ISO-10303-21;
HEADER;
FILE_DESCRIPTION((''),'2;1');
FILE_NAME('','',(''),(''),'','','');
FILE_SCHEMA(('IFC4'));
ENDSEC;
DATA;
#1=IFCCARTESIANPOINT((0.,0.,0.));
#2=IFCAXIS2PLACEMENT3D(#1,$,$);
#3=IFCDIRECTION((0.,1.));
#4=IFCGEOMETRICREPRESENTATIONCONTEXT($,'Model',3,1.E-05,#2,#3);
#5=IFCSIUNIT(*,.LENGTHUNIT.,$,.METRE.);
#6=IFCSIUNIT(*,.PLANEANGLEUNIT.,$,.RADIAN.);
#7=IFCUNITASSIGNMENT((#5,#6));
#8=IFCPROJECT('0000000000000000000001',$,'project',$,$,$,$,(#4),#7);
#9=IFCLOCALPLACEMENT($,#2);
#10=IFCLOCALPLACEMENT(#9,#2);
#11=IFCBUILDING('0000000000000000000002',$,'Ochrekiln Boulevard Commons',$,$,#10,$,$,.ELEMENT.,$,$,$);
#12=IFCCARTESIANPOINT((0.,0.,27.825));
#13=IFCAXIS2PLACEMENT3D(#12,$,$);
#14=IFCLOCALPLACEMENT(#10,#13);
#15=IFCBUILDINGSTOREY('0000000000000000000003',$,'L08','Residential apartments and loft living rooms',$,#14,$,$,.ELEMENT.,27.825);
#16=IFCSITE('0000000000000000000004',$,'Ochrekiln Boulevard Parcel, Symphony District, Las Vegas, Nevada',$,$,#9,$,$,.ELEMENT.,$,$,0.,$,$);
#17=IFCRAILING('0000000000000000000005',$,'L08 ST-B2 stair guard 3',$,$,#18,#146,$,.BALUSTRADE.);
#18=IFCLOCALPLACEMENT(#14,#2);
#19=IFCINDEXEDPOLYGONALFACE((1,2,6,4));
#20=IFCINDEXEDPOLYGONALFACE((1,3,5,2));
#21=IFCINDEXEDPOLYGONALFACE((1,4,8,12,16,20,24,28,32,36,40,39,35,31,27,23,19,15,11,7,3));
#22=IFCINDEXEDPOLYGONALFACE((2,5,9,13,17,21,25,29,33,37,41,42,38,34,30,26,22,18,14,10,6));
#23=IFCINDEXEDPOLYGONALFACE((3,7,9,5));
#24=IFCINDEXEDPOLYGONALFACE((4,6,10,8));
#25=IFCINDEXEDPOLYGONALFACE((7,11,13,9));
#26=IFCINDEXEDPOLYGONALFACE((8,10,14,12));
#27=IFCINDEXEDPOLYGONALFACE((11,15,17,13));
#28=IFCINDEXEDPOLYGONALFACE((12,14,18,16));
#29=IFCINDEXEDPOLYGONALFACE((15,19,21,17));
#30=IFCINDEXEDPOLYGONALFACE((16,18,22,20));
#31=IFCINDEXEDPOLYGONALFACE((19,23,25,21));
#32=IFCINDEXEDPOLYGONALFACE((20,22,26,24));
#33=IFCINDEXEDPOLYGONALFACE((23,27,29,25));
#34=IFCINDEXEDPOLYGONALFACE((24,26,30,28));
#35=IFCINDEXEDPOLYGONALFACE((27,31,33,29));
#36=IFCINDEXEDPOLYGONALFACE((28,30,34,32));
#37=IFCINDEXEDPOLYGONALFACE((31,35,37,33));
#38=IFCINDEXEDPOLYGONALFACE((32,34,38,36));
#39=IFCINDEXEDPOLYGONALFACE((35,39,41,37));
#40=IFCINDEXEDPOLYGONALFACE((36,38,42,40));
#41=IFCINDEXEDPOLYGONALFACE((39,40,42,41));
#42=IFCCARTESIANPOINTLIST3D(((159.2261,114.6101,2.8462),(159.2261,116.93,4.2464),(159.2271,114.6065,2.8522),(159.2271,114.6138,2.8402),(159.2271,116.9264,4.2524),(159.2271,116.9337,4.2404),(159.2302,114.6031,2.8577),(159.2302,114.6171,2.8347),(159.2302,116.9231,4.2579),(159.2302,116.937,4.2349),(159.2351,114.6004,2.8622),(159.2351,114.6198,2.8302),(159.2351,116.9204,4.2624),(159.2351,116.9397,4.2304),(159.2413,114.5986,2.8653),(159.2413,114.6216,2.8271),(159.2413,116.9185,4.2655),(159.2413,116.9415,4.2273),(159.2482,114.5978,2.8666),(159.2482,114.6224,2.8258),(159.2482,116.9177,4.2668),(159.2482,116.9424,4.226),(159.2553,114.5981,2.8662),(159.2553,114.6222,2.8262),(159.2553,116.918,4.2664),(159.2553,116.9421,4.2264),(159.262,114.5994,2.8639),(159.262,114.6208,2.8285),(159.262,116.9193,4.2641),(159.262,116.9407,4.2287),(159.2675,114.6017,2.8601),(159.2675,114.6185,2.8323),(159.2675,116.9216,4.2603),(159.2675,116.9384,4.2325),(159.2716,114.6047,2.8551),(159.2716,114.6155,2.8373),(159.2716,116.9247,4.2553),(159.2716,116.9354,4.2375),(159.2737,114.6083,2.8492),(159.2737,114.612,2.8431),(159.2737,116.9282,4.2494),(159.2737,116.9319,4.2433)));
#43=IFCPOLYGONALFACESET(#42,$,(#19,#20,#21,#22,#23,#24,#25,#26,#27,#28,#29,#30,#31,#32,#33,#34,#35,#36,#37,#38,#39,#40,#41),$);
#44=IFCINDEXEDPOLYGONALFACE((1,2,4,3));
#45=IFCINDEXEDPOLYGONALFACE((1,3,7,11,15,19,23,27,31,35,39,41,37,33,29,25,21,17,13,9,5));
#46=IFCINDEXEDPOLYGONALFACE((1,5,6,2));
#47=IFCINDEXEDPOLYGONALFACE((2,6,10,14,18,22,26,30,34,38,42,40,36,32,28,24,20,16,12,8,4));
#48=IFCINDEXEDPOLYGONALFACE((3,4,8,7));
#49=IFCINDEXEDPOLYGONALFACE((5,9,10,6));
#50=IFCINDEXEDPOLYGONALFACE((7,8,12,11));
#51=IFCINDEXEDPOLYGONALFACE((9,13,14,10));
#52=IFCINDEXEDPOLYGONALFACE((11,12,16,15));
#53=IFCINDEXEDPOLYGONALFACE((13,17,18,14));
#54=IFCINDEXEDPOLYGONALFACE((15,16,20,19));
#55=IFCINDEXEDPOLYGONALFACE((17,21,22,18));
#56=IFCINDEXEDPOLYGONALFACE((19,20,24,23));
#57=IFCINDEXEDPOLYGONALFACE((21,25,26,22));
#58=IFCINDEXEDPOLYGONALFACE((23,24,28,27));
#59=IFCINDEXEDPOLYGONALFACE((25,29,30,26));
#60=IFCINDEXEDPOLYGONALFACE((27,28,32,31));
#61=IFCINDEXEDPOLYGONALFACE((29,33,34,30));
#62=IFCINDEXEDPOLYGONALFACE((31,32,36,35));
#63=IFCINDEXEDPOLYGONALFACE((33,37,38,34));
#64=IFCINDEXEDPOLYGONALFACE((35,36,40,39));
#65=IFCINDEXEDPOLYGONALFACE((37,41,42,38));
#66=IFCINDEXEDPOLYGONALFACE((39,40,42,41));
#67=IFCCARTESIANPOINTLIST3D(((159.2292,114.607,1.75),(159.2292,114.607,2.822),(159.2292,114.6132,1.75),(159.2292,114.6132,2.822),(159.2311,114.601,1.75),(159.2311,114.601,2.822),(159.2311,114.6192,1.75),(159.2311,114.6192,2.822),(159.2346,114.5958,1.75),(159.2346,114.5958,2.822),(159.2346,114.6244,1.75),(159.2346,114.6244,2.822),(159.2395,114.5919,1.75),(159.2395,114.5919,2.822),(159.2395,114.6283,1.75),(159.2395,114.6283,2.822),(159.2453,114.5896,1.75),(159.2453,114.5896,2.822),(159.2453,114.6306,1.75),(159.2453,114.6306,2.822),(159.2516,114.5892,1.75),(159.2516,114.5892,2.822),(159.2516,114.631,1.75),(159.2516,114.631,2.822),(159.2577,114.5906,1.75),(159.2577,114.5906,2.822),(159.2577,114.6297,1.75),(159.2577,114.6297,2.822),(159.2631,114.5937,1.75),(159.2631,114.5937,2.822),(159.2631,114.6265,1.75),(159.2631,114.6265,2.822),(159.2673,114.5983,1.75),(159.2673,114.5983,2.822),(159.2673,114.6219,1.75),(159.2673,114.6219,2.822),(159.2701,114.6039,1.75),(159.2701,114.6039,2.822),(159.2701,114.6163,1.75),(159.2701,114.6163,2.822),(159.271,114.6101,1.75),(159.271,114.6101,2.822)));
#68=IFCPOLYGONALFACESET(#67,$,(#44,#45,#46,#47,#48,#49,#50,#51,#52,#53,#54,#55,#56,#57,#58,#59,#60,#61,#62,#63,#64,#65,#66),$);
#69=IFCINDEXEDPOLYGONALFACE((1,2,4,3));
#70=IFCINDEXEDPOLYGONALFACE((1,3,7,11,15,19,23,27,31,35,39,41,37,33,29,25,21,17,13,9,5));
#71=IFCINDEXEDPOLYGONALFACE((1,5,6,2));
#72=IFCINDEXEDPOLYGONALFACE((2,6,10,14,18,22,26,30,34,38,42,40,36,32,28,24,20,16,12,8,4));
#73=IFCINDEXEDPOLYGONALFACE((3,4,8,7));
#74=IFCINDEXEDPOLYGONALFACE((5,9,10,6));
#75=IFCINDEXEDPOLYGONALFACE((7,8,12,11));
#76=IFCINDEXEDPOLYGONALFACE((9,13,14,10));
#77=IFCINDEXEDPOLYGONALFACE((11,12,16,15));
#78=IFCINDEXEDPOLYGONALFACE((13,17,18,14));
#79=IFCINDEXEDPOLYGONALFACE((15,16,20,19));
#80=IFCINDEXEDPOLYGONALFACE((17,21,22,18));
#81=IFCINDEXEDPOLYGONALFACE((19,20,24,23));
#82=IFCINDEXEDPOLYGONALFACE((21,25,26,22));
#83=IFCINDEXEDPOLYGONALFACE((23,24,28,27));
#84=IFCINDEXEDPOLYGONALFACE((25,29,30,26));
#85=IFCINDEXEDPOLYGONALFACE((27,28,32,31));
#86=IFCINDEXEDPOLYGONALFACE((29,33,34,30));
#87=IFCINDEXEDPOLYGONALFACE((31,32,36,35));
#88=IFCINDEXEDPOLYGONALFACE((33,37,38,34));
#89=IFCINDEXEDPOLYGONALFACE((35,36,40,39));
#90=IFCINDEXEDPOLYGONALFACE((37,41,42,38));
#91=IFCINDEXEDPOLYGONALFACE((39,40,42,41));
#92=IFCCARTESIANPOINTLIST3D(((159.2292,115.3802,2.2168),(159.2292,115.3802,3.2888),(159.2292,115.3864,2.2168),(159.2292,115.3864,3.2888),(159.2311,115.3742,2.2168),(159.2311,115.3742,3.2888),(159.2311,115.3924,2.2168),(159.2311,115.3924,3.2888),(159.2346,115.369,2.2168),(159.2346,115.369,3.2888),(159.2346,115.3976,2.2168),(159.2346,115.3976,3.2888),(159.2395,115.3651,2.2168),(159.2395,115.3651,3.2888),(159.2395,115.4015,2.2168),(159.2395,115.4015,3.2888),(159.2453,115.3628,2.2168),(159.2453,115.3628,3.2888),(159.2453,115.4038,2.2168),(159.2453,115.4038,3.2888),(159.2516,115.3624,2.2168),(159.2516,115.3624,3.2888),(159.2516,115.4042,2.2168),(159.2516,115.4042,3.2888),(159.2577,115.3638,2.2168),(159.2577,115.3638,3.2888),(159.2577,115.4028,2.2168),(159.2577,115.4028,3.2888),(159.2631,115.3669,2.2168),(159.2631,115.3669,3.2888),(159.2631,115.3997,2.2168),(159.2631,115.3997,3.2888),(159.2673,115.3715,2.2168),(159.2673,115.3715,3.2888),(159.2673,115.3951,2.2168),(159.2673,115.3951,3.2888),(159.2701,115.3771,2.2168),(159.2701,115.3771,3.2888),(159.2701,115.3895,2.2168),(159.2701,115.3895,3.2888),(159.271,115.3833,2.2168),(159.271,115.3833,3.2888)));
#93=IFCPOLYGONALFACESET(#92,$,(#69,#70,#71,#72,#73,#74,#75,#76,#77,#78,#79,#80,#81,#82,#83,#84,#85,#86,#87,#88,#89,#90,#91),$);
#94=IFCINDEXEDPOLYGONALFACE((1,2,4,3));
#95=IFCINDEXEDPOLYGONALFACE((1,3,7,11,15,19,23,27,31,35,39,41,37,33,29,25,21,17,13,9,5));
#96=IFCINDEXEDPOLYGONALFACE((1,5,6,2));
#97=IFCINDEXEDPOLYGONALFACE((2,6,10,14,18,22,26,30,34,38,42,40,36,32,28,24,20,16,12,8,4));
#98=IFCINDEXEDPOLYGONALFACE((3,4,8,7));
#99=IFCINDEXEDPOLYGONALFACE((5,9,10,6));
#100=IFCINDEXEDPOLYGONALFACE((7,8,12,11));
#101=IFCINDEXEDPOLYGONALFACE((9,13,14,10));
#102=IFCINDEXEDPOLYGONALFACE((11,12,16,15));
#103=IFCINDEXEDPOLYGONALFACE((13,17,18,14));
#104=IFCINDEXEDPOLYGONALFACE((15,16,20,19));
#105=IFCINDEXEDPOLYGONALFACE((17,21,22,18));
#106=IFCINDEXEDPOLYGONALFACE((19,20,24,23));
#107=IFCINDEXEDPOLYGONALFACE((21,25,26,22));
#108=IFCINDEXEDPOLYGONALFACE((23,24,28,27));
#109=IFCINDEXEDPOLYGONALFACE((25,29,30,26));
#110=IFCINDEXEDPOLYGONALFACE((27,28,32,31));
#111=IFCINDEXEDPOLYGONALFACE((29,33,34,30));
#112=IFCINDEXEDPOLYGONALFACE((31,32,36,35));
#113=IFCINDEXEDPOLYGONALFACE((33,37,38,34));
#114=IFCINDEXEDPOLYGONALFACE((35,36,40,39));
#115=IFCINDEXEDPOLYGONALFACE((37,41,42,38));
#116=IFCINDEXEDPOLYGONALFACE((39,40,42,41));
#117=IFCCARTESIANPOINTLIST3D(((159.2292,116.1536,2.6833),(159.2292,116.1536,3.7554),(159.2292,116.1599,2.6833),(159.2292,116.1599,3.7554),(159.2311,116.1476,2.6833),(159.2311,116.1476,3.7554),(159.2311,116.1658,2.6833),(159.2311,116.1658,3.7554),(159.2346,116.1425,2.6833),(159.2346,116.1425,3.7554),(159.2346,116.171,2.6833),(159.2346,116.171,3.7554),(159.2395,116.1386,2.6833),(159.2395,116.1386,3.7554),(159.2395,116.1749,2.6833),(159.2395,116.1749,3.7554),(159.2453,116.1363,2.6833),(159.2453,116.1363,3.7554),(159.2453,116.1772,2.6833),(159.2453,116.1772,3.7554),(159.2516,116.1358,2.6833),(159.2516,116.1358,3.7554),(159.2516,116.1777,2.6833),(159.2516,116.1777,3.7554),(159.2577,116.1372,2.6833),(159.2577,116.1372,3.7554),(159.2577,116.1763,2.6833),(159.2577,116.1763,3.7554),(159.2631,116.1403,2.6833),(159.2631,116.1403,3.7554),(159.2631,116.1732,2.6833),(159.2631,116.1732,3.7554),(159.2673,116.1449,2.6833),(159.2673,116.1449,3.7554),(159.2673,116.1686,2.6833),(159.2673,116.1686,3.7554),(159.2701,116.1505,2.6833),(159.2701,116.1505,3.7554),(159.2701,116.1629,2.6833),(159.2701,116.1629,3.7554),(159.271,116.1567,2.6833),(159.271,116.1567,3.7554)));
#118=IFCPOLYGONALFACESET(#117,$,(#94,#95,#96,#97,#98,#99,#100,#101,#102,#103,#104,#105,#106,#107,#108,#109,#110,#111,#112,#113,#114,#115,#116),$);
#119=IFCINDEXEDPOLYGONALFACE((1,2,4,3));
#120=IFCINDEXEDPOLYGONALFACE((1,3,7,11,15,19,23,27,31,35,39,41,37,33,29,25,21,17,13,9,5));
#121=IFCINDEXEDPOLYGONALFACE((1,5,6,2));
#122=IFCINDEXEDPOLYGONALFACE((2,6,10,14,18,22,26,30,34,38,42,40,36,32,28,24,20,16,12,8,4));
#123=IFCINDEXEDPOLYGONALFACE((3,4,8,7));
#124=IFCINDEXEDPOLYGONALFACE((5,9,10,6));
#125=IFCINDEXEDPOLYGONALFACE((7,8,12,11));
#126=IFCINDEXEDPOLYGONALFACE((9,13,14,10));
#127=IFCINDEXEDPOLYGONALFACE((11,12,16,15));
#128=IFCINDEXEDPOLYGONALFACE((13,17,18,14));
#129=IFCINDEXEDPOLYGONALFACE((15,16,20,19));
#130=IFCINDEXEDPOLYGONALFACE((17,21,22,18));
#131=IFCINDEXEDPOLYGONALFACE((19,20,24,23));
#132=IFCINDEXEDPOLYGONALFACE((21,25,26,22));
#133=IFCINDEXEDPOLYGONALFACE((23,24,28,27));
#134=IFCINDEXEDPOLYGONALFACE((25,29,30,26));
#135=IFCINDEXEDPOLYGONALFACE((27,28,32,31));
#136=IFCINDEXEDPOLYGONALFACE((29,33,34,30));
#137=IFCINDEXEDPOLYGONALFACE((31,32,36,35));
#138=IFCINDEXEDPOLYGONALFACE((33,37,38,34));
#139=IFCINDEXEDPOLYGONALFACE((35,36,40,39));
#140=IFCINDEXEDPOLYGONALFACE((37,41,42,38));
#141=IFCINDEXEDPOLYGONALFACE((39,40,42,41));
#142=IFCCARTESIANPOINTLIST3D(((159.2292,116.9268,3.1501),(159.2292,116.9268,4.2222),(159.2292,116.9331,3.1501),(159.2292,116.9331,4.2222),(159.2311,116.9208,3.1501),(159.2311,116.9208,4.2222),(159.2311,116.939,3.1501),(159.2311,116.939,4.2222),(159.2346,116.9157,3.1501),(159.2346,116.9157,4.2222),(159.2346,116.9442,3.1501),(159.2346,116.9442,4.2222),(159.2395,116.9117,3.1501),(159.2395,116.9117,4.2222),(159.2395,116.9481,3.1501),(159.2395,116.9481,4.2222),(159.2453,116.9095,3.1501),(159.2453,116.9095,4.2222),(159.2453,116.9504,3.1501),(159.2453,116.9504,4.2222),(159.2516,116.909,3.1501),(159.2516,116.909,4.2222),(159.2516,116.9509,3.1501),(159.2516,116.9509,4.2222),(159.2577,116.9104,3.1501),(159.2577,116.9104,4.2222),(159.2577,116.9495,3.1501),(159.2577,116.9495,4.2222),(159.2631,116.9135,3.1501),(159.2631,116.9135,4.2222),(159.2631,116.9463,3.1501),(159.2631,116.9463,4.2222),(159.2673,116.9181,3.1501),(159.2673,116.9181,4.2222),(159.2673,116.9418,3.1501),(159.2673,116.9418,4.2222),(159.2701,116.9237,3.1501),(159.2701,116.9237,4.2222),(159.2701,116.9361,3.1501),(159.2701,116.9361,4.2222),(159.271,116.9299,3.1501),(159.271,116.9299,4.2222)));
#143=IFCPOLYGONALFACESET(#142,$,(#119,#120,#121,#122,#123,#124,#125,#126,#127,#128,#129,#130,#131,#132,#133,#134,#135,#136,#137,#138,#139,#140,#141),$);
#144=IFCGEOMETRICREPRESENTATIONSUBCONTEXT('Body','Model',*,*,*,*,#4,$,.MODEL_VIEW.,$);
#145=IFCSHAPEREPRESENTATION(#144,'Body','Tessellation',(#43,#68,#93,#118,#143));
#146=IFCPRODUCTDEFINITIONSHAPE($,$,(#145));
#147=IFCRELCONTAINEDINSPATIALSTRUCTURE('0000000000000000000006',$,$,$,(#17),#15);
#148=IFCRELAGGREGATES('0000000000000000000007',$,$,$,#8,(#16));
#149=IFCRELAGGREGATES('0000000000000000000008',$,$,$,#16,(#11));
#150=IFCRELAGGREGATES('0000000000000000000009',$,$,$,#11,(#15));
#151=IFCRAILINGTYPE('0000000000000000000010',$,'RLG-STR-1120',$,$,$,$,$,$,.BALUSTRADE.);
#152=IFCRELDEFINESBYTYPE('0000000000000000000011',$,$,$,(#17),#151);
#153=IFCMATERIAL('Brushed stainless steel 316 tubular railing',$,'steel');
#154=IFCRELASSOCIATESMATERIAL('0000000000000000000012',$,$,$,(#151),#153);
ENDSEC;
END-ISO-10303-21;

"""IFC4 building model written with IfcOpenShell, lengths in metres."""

from ifc_helpers import new_model, si_unit, direction, frame, origin, origin_2d, place, context, subcontext, project, spatial, circle, extrude, material, type_object, element, save


model = new_model("IFC4")

# Units and contexts
model_context = context("Model", 3, precision=1e-05, world=origin(), true_north=direction((0.0, 1.0)))
body_context = subcontext(model_context, "Body", "Model", "MODEL_VIEW")
ifc_project = project(units=[si_unit("LENGTHUNIT", "METRE"), si_unit("PLANEANGLEUNIT", "RADIAN")], contexts=[model_context])

# Site, building, storey
site_placement = place(None, origin())
site = spatial("IfcSite", under=ifc_project, at=site_placement, Name="Ochrekiln Boulevard Parcel, Symphony District, Las Vegas, Nevada", CompositionType="ELEMENT", RefElevation=0.0)
building_placement = place(site_placement, origin())
building = spatial("IfcBuilding", under=site, at=building_placement, Name="Ochrekiln Boulevard Commons", CompositionType="ELEMENT")
storey_placement = place(building_placement, frame((0.0, 0.0, 27.825)))
storey = spatial("IfcBuildingStorey", under=building, at=storey_placement, Name="L08", Description="Residential apartments and loft living rooms", CompositionType="ELEMENT", Elevation=27.825)

# Railing
ifc_material_1 = material(Name="Brushed stainless steel 316 tubular railing", Category="steel")
railing_type_1 = type_object("IfcRailingType", Name="RLG-STR-1120", PredefinedType="BALUSTRADE", material=ifc_material_1)
railing_1_placement = place(storey_placement, frame((159.25, 114.6101, 1.75)))
element("IfcRailing", 1, at=railing_1_placement, inside=storey, type_object=railing_type_1, Name="L08 ST-B2 stair guard 3", PredefinedType="BALUSTRADE", context=body_context, shape_type="SweptSolid", body=[
    extrude(circle(Radius=0.0239, at=origin_2d()), frame((0.0, 0.0, 1.0962), z_axis=(0.0, 0.856146, 0.516733), x_axis=(-1.0, 0.0, 0.0)), (0.0, 0.0, 1.0), 2.7097),
    extrude(circle(Radius=0.021, at=origin_2d()), origin(), (0.0, 0.0, 1.0), 1.072),
    extrude(circle(Radius=0.021, at=origin_2d()), frame((0.0, 0.7732, 0.4668)), (0.0, 0.0, 1.0), 1.072),
    extrude(circle(Radius=0.021, at=origin_2d()), frame((0.0, 1.5466, 0.9333)), (0.0, 0.0, 1.0), 1.072),
    extrude(circle(Radius=0.021, at=origin_2d()), frame((0.0, 2.3198, 1.4001)), (0.0, 0.0, 1.0), 1.072),
])

save(model, "model.ifc")
